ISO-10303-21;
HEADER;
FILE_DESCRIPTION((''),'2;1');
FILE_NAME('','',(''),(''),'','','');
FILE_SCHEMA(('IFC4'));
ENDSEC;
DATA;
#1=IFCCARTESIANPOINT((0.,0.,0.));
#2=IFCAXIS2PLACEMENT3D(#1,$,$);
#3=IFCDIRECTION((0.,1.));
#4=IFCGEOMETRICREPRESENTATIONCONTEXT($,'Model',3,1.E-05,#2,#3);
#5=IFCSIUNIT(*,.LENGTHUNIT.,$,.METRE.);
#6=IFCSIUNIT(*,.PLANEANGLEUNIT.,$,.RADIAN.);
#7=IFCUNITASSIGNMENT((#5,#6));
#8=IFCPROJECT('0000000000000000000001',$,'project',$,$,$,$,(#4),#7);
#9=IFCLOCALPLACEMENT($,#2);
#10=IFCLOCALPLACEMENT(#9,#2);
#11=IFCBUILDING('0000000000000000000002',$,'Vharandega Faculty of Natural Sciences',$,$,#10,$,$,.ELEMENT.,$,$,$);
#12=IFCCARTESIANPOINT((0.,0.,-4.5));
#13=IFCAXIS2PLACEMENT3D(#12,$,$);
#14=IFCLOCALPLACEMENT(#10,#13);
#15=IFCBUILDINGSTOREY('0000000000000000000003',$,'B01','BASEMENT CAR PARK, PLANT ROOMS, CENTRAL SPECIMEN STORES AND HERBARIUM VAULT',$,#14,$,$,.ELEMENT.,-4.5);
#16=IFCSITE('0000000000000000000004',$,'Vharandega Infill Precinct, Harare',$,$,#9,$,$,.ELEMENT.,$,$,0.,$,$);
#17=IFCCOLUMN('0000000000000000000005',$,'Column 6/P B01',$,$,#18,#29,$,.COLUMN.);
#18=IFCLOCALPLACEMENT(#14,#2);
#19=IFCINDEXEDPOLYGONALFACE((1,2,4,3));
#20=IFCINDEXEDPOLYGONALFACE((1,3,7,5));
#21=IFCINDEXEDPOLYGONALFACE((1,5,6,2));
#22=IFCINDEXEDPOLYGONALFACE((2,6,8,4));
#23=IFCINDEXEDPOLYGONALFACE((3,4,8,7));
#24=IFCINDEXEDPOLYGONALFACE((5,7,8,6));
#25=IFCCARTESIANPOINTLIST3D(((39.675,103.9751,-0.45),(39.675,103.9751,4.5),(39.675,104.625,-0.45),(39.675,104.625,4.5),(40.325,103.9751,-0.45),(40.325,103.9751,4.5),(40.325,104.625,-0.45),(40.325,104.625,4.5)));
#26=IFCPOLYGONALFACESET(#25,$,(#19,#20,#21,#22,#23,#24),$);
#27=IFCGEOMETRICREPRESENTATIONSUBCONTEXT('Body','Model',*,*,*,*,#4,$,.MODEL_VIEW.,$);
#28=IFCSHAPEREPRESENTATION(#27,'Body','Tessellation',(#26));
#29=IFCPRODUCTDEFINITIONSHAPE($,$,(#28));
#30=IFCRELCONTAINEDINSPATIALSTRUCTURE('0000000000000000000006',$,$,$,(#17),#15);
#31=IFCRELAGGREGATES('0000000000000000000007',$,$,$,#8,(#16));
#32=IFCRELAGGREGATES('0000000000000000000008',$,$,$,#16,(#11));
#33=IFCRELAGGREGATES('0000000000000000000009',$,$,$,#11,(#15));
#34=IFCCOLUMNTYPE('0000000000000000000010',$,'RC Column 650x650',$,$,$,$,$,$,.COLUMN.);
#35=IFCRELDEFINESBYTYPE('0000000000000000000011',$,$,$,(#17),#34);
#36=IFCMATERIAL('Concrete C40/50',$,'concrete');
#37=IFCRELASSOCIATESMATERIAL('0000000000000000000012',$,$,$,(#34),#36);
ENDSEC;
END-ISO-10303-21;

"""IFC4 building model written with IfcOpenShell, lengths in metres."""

from ifc_helpers import new_model, si_unit, direction, frame, origin, origin_2d, place, context, subcontext, project, spatial, rectangle, extrude, material, material_profile, profile_set, type_object, element, save


model = new_model("IFC4")

# Units and contexts
model_context = context("Model", 3, precision=1e-05, world=origin(), true_north=direction((0.0, 1.0)))
body_context = subcontext(model_context, "Body", "Model", "MODEL_VIEW")
ifc_project = project(units=[si_unit("LENGTHUNIT", "METRE"), si_unit("PLANEANGLEUNIT", "RADIAN")], contexts=[model_context])

# Site, building, storey
site_placement = place(None, origin())
site = spatial("IfcSite", under=ifc_project, at=site_placement, Name="Vharandega Infill Precinct, Harare", CompositionType="ELEMENT", RefElevation=0.0)
building_placement = place(site_placement, origin())
building = spatial("IfcBuilding", under=site, at=building_placement, Name="Vharandega Faculty of Natural Sciences", CompositionType="ELEMENT")
storey_placement = place(building_placement, frame((0.0, 0.0, -4.5)))
storey = spatial("IfcBuildingStorey", under=building, at=storey_placement, Name="B01", Description="BASEMENT CAR PARK, PLANT ROOMS, CENTRAL SPECIMEN STORES AND HERBARIUM VAULT", CompositionType="ELEMENT", Elevation=-4.5)

# Column
ifc_material_1 = material(Name="Concrete C40/50", Category="concrete")
ifc_material_profile_1 = material_profile(ifc_material_1, rectangle(XDim=0.6499, YDim=0.6499, at=origin_2d()), Name="RC 650x650")
ifc_profile_set_1 = profile_set([ifc_material_profile_1], Name="Concrete C40/50")
column_type = type_object("IfcColumnType", Name="RC Column 650x650", PredefinedType="COLUMN", material=ifc_profile_set_1)
for number, where, z_axis, x_axis, name in (
    (1, (40.0, 104.3, -0.45), (0.0, 0.0, 1.0), (1.0, 0.0, 0.0), "Column 6/P B01"),
):
    element("IfcColumn", number, at=place(storey_placement, frame(where, z_axis=z_axis, x_axis=x_axis)), inside=storey, type_object=column_type, Name=name, PredefinedType="COLUMN", context=body_context, shape_type="SweptSolid", body=[
        extrude(rectangle(XDim=0.6499, YDim=0.6499, at=origin_2d()), origin(), (0.0, 0.0, 1.0), 4.95),
    ])

save(model, "model.ifc")
